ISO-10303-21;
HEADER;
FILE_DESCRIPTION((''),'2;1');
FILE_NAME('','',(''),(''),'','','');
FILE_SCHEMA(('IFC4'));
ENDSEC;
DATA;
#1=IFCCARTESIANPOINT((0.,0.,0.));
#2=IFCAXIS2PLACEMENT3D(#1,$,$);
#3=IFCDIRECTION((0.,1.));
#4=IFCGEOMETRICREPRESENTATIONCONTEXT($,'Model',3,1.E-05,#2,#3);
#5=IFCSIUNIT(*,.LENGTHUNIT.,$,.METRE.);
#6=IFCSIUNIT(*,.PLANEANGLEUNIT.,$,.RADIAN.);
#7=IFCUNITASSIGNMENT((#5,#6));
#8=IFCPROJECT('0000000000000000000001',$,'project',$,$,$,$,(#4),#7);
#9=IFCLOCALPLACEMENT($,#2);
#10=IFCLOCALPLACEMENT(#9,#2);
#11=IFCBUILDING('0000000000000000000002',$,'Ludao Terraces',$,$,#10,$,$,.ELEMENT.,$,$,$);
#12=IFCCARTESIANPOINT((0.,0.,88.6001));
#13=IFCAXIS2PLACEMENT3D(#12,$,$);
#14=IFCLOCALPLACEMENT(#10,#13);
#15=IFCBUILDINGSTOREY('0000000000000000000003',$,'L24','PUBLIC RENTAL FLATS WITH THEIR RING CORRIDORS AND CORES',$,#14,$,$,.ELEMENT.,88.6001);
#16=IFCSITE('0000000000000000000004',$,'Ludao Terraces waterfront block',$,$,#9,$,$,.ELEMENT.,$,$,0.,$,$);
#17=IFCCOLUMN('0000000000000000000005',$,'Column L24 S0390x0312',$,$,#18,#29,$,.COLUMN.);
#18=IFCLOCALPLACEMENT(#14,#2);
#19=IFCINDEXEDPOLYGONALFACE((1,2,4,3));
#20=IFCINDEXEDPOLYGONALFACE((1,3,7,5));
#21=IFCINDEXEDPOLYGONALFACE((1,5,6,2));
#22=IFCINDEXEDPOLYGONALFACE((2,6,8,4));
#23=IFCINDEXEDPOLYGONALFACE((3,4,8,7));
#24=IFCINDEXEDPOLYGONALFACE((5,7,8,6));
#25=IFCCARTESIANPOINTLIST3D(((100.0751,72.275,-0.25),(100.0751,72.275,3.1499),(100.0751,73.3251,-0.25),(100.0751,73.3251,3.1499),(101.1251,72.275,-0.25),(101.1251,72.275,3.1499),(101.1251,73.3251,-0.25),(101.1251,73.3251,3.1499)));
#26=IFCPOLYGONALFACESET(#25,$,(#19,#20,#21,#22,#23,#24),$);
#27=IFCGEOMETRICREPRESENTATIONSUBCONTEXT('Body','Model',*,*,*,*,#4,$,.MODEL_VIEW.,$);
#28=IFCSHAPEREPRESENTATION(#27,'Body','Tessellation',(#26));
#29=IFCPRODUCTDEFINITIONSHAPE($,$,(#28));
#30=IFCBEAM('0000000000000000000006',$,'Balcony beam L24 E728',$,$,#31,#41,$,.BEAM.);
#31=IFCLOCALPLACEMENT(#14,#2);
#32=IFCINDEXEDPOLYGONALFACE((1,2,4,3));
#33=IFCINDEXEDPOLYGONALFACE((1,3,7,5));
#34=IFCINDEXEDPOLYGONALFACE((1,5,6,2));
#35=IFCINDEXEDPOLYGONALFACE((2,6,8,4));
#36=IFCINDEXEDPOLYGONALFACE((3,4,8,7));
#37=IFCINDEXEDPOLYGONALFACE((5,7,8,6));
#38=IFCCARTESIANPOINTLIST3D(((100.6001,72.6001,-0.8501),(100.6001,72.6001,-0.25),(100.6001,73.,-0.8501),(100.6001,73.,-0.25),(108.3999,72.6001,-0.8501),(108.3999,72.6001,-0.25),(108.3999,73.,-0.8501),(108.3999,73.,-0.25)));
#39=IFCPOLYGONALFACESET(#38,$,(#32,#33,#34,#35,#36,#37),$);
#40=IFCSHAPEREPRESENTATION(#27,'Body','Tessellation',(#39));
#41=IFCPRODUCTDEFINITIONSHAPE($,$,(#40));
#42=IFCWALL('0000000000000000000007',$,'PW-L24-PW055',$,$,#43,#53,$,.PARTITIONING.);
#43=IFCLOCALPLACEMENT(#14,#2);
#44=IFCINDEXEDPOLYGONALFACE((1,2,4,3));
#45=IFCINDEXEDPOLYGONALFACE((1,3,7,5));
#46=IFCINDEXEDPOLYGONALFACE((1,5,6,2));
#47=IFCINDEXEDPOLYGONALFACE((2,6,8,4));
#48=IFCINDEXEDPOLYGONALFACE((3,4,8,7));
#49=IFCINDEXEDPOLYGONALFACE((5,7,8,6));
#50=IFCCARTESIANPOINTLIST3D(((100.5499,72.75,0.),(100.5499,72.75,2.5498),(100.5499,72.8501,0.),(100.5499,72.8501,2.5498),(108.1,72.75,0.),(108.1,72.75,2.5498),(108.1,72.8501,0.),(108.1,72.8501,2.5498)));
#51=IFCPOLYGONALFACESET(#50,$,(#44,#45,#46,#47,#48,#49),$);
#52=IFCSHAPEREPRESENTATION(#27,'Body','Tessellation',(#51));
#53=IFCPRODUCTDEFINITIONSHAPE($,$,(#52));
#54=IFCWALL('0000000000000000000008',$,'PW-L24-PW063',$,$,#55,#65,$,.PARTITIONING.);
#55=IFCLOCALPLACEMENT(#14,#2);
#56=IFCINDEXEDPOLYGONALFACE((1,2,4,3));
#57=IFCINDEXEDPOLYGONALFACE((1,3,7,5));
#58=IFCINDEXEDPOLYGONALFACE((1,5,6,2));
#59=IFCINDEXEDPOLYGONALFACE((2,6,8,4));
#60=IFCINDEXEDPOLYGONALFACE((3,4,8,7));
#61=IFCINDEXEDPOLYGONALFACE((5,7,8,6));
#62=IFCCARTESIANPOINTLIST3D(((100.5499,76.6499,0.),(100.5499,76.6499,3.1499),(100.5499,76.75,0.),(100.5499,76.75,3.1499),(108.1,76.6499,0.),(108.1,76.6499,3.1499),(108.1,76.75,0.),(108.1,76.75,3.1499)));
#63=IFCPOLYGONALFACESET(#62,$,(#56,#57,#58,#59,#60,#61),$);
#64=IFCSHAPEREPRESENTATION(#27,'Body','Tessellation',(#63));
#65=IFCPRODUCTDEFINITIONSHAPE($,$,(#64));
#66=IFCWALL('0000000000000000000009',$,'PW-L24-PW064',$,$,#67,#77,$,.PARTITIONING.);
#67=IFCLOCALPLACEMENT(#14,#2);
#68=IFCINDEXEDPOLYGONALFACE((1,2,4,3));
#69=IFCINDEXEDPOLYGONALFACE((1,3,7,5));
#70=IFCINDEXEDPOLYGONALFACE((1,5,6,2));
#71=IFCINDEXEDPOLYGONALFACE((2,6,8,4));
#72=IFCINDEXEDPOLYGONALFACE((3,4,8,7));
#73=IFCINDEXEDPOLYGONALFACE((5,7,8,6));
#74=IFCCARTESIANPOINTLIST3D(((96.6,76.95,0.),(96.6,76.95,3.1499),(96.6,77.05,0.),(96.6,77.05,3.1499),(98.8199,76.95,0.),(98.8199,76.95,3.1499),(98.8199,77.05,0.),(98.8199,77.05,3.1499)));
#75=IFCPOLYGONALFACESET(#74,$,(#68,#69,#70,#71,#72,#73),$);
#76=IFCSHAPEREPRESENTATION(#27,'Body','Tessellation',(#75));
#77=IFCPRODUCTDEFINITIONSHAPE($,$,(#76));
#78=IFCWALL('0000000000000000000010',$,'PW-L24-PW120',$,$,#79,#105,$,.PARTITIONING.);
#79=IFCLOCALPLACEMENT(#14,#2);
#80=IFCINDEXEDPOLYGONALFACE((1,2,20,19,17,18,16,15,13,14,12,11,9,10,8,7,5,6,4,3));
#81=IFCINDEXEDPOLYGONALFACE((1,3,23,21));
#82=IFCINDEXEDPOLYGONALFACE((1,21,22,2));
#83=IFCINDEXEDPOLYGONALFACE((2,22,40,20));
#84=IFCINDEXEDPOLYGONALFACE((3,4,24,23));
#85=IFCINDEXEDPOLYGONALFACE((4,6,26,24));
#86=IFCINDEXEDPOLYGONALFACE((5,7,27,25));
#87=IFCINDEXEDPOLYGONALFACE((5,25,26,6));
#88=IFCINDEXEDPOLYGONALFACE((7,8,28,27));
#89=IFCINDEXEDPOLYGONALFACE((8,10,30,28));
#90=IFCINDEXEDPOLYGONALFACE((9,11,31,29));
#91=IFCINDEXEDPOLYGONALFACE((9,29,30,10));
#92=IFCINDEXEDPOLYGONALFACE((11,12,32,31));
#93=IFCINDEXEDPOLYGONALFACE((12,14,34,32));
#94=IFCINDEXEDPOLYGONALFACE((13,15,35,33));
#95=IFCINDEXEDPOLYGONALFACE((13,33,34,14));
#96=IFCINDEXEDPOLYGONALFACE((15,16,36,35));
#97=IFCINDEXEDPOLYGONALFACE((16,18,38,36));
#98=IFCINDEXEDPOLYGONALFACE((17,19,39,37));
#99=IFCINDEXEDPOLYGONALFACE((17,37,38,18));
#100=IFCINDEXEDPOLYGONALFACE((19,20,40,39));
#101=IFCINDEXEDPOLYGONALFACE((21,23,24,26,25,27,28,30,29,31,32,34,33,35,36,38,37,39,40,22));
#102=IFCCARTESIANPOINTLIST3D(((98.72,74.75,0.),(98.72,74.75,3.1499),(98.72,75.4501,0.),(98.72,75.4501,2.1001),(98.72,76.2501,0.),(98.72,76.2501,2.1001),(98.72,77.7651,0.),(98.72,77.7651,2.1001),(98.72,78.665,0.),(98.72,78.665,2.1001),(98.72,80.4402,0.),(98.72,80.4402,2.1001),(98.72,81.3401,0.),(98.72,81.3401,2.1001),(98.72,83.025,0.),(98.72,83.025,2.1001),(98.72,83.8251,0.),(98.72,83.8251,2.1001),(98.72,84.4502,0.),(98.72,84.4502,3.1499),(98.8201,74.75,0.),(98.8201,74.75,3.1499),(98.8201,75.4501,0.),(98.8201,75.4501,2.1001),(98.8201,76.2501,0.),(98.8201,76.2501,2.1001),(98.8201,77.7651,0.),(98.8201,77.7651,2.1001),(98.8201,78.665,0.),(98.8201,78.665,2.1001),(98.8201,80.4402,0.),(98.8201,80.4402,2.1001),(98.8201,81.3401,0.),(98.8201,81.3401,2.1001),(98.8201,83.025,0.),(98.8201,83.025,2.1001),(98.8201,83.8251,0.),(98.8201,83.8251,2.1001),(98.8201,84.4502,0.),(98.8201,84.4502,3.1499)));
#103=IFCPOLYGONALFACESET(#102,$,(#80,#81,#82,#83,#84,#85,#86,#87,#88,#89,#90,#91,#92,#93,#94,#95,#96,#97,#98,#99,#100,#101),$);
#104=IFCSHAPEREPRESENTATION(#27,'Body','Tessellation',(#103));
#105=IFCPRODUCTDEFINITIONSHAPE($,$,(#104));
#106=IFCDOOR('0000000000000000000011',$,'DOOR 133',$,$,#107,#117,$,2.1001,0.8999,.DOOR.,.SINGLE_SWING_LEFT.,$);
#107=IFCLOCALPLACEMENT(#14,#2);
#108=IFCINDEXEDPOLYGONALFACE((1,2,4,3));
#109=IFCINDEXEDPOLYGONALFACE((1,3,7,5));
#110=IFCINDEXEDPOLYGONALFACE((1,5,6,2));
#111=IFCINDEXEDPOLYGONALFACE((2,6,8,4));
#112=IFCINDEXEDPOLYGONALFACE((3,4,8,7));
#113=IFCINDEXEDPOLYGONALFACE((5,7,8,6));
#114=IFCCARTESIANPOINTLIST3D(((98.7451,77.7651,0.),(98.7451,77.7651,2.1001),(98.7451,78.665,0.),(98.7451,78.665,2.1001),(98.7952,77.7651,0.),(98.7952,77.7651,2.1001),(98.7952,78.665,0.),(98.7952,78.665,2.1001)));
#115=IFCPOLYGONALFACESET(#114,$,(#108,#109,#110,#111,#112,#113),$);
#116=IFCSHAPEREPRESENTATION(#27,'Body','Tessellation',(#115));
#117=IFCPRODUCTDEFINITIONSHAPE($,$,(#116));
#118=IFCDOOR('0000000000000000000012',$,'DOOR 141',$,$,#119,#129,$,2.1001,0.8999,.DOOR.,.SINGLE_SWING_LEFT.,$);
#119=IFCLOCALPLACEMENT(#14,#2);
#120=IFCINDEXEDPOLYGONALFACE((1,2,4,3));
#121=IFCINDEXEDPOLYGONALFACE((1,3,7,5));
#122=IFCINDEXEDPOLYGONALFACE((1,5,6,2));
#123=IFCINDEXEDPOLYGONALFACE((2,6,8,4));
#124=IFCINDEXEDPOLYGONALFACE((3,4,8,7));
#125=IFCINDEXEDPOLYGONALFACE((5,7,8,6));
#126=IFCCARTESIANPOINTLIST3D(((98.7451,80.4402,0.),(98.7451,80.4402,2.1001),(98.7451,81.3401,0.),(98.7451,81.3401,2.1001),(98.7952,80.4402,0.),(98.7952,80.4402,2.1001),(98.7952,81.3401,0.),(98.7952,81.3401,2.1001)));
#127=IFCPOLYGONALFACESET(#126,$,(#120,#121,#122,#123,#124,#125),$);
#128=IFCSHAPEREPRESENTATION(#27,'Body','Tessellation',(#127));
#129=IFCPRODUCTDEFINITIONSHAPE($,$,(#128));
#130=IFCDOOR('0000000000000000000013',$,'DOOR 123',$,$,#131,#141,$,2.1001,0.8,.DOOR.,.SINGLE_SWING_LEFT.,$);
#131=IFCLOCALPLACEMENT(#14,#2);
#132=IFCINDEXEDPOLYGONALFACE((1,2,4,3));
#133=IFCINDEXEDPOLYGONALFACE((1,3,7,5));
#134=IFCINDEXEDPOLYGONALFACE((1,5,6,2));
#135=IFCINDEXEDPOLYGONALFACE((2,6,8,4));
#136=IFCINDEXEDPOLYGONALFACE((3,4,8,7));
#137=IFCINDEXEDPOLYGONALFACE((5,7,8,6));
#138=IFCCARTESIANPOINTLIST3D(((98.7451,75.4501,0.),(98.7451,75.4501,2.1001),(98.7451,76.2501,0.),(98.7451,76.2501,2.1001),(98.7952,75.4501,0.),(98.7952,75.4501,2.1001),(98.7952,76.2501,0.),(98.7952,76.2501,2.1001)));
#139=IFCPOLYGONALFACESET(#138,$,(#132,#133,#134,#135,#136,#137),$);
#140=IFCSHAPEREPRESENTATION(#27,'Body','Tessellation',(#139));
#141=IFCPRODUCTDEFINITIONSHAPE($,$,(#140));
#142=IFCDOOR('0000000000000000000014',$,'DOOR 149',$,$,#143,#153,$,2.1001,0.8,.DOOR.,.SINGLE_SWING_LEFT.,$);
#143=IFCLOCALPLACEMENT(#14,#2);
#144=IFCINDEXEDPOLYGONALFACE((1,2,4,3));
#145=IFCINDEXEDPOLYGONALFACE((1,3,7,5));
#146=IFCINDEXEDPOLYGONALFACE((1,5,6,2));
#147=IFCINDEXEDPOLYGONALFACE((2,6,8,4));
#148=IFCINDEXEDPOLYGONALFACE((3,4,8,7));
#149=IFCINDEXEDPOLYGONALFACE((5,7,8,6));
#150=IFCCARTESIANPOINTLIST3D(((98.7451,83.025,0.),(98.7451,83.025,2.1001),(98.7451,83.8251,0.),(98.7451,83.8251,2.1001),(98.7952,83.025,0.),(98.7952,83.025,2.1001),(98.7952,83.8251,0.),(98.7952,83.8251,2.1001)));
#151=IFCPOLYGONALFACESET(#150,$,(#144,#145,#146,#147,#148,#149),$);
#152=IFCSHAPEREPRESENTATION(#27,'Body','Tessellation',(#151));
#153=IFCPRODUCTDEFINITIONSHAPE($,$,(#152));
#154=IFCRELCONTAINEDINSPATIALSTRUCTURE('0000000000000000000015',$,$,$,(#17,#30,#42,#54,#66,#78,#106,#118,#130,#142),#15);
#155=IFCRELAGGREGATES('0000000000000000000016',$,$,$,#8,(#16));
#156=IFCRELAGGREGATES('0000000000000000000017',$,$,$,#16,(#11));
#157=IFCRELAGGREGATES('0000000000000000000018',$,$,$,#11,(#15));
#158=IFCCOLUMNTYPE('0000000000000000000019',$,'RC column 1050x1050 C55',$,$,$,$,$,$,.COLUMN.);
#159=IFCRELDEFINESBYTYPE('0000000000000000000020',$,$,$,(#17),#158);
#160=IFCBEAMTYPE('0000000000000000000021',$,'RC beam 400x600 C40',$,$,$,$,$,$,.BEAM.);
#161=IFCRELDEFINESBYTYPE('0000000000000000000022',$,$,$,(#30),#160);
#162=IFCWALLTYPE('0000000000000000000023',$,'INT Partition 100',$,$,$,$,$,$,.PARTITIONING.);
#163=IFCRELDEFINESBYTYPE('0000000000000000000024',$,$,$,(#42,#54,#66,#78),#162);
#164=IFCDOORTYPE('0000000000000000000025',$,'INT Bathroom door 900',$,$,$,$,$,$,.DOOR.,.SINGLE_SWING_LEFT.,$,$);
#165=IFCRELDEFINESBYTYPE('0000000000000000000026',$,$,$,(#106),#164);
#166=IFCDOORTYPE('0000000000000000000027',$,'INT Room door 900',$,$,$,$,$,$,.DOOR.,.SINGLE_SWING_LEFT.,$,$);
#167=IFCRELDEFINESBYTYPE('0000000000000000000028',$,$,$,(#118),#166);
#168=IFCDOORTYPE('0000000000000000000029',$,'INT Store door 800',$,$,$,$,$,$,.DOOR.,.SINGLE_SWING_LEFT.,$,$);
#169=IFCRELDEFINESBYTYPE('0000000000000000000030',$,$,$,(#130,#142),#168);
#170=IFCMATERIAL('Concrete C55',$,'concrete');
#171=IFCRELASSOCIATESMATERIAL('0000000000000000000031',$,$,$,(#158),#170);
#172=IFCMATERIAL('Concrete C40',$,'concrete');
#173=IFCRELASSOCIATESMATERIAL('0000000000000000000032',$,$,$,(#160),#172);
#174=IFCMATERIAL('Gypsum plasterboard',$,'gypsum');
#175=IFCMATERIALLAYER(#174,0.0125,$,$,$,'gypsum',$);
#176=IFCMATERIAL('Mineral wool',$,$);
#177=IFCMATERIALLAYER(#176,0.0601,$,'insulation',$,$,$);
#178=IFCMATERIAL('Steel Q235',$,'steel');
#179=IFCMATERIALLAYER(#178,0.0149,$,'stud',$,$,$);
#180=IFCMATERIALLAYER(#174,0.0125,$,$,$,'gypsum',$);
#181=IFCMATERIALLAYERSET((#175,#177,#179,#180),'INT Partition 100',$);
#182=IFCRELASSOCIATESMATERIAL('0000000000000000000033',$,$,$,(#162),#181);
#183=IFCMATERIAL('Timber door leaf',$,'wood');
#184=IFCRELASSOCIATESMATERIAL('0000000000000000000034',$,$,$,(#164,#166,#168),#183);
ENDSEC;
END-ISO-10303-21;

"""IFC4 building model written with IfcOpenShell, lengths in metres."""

from ifc_helpers import new_model, si_unit, direction, frame, frame_2d, origin, origin_2d, place, context, subcontext, project, spatial, rectangle, extrude, material, layer, layer_set, material_profile, profile_set, type_object, element, fill, save


model = new_model("IFC4")

# Units and contexts
model_context = context("Model", 3, precision=1e-05, world=origin(), true_north=direction((0.0, 1.0)))
body_context = subcontext(model_context, "Body", "Model", "MODEL_VIEW")
ifc_project = project(units=[si_unit("LENGTHUNIT", "METRE"), si_unit("PLANEANGLEUNIT", "RADIAN")], contexts=[model_context])

# Site, building, storey
site_placement = place(None, origin())
site = spatial("IfcSite", under=ifc_project, at=site_placement, Name="Ludao Terraces waterfront block", CompositionType="ELEMENT", RefElevation=0.0)
building_placement = place(site_placement, origin())
building = spatial("IfcBuilding", under=site, at=building_placement, Name="Ludao Terraces", CompositionType="ELEMENT")
storey_placement = place(building_placement, frame((0.0, 0.0, 88.6001)))
storey = spatial("IfcBuildingStorey", under=building, at=storey_placement, Name="L24", Description="PUBLIC RENTAL FLATS WITH THEIR RING CORRIDORS AND CORES", CompositionType="ELEMENT", Elevation=88.6001)

# Column
ifc_material_1 = material(Name="Concrete C55", Category="concrete")
ifc_material_profile_1 = material_profile(ifc_material_1, rectangle(XDim=1.05, YDim=1.05, at=origin_2d()), Name="1050 X 1050")
ifc_profile_set_1 = profile_set([ifc_material_profile_1], Name="Concrete C55")
column_type = type_object("IfcColumnType", Name="RC column 1050x1050 C55", PredefinedType="COLUMN", material=ifc_profile_set_1)
column_placement = place(storey_placement, frame((100.6001, 72.8, -0.25), z_axis=(0.0, 0.0, 1.0), x_axis=(1.0, 0.0, 0.0)))
element("IfcColumn", 1, at=column_placement, inside=storey, type_object=column_type, Name="Column L24 S0390x0312", PredefinedType="COLUMN", context=body_context, shape_type="SweptSolid", body=[
    extrude(rectangle(XDim=1.05, YDim=1.05, at=origin_2d()), origin(), (0.0, 0.0, 1.0), 3.3999),
])

# Beam
ifc_material_2 = material(Name="Concrete C40", Category="concrete")
ifc_material_profile_2 = material_profile(ifc_material_2, rectangle(XDim=0.3999, YDim=0.6001, at=origin_2d()), Name="400 X 600")
ifc_profile_set_2 = profile_set([ifc_material_profile_2], Name="Concrete C40")
beam_type = type_object("IfcBeamType", Name="RC beam 400x600 C40", PredefinedType="BEAM", material=ifc_profile_set_2)
beam_placement = place(storey_placement, frame((100.6001, 72.8, -0.55), z_axis=(1.0, 0.0, 0.0), x_axis=(0.0, 1.0, 0.0)))
element("IfcBeam", 2, at=beam_placement, inside=storey, type_object=beam_type, Name="Balcony beam L24 E728", PredefinedType="BEAM", context=body_context, shape_type="SweptSolid", body=[
    extrude(rectangle(XDim=0.3999, YDim=0.6001, at=origin_2d()), origin(), (0.0, 0.0, 1.0), 7.7998),
])

# Shared definitions
ifc_material_3 = material(Name="Mineral wool")

# Walls
ifc_material_4 = material(Name="Gypsum plasterboard", Category="gypsum")
ifc_layer_1 = layer(ifc_material_4, 0.0125, Category="gypsum")
ifc_layer_2 = layer(ifc_material_3, 0.0601, Name="insulation")
ifc_material_5 = material(Name="Steel Q235", Category="steel")
ifc_layer_3 = layer(ifc_material_5, 0.0149, Name="stud")
ifc_layer_4 = layer(ifc_material_4, 0.0125, Category="gypsum")
ifc_layer_set_1 = layer_set([ifc_layer_1, ifc_layer_2, ifc_layer_3, ifc_layer_4], Name="INT Partition 100")
wall_type_1 = type_object("IfcWallType", Name="INT Partition 100", PredefinedType="PARTITIONING", material=ifc_layer_set_1)
wall_1_placement = place(storey_placement, frame((100.55, 72.8, 0.0), z_axis=(0.0, 0.0, 1.0), x_axis=(1.0, 0.0, 0.0)))
element("IfcWall", 3, at=wall_1_placement, inside=storey, type_object=wall_type_1, Name="PW-L24-PW055", PredefinedType="PARTITIONING", context=body_context, shape_type="SweptSolid", body=[
    extrude(rectangle(XDim=7.55, YDim=0.1001, at=frame_2d((3.7749, 0.0))), origin(), (0.0, 0.0, 1.0), 2.5498),
])
wall_2_placement = place(storey_placement, frame((100.55, 76.7, 0.0), z_axis=(0.0, 0.0, 1.0), x_axis=(1.0, 0.0, 0.0)))
element("IfcWall", 4, at=wall_2_placement, inside=storey, type_object=wall_type_1, Name="PW-L24-PW063", PredefinedType="PARTITIONING", context=body_context, shape_type="SweptSolid", body=[
    extrude(rectangle(XDim=7.55, YDim=0.1001, at=frame_2d((3.7749, 0.0))), origin(), (0.0, 0.0, 1.0), 3.1499),
])
wall_3_placement = place(storey_placement, frame((96.6001, 77.0, 0.0), z_axis=(0.0, 0.0, 1.0), x_axis=(1.0, 0.0, 0.0)))
element("IfcWall", 5, at=wall_3_placement, inside=storey, type_object=wall_type_1, Name="PW-L24-PW064", PredefinedType="PARTITIONING", context=body_context, shape_type="SweptSolid", body=[
    extrude(rectangle(XDim=2.22, YDim=0.1001, at=frame_2d((1.1099, 0.0))), origin(), (0.0, 0.0, 1.0), 3.1499),
])

# Wall, openings, doors
wall_4_placement = place(storey_placement, frame((98.77, 74.75, 0.0), z_axis=(0.0, 0.0, 1.0), x_axis=(0.0, 1.0, 0.0)))
wall_4 = element("IfcWall", 6, at=wall_4_placement, inside=storey, type_object=wall_type_1, Name="PW-L24-PW120", PredefinedType="PARTITIONING", context=body_context, shape_type="SweptSolid", body=[
    extrude(rectangle(XDim=9.7002, YDim=0.1001, at=frame_2d((4.8501, 0.0))), origin(), (0.0, 0.0, 1.0), 3.1499),
])
opening_1_placement = place(wall_4_placement, frame((0.7002, 0.0, 0.0)))
opening_1 = element("IfcOpeningElement", 7, at=opening_1_placement, cuts=wall_4, PredefinedType="OPENING", context=body_context, shape_type="SweptSolid", body=[
    extrude(rectangle(XDim=0.8, YDim=2.1001, at=frame_2d((0.3999, 1.05))), frame((0.0, 0.0601, 0.0), z_axis=(0.0, -1.0, 0.0), x_axis=(1.0, 0.0, 0.0)), (0.0, 0.0, 1.0), 0.1201),
])
opening_2_placement = place(wall_4_placement, frame((3.0151, 0.0, 0.0)))
opening_2 = element("IfcOpeningElement", 8, at=opening_2_placement, cuts=wall_4, PredefinedType="OPENING", context=body_context, shape_type="SweptSolid", body=[
    extrude(rectangle(XDim=0.8999, YDim=2.1001, at=frame_2d((0.45, 1.05))), frame((0.0, 0.0601, 0.0), z_axis=(0.0, -1.0, 0.0), x_axis=(1.0, 0.0, 0.0)), (0.0, 0.0, 1.0), 0.1201),
])
opening_3_placement = place(wall_4_placement, frame((5.6902, 0.0, 0.0)))
opening_3 = element("IfcOpeningElement", 9, at=opening_3_placement, cuts=wall_4, PredefinedType="OPENING", context=body_context, shape_type="SweptSolid", body=[
    extrude(rectangle(XDim=0.8999, YDim=2.1001, at=frame_2d((0.45, 1.05))), frame((0.0, 0.0601, 0.0), z_axis=(0.0, -1.0, 0.0), x_axis=(1.0, 0.0, 0.0)), (0.0, 0.0, 1.0), 0.1201),
])
opening_4_placement = place(wall_4_placement, frame((8.2751, 0.0, 0.0)))
opening_4 = element("IfcOpeningElement", 10, at=opening_4_placement, cuts=wall_4, PredefinedType="OPENING", context=body_context, shape_type="SweptSolid", body=[
    extrude(rectangle(XDim=0.8, YDim=2.1001, at=frame_2d((0.3999, 1.05))), frame((0.0, 0.0601, 0.0), z_axis=(0.0, -1.0, 0.0), x_axis=(1.0, 0.0, 0.0)), (0.0, 0.0, 1.0), 0.1201),
])
ifc_material_6 = material(Name="Timber door leaf", Category="wood")
door_type_1 = type_object("IfcDoorType", Name="INT Bathroom door 900", OperationType="SINGLE_SWING_LEFT", PredefinedType="DOOR", material=ifc_material_6)
door_1_placement = place(opening_2_placement, origin())
door_1 = element("IfcDoor", 11, at=door_1_placement, inside=storey, type_object=door_type_1, Name="DOOR 133", OperationType="SINGLE_SWING_LEFT", OverallHeight=2.1001, OverallWidth=0.8999, PredefinedType="DOOR", context=body_context, shape_type="SweptSolid", body=[
    extrude(rectangle(XDim=0.8999, YDim=2.1001, at=frame_2d((0.45, 1.05))), frame((0.0, 0.0249, 0.0), z_axis=(0.0, -1.0, 0.0), x_axis=(1.0, 0.0, 0.0)), (0.0, 0.0, 1.0), 0.05),
])
fill(opening_2, door_1)
door_type_2 = type_object("IfcDoorType", Name="INT Room door 900", OperationType="SINGLE_SWING_LEFT", PredefinedType="DOOR", material=ifc_material_6)
door_2_placement = place(opening_3_placement, origin())
door_2 = element("IfcDoor", 12, at=door_2_placement, inside=storey, type_object=door_type_2, Name="DOOR 141", OperationType="SINGLE_SWING_LEFT", OverallHeight=2.1001, OverallWidth=0.8999, PredefinedType="DOOR", context=body_context, shape_type="SweptSolid", body=[
    extrude(rectangle(XDim=0.8999, YDim=2.1001, at=frame_2d((0.45, 1.05))), frame((0.0, 0.0249, 0.0), z_axis=(0.0, -1.0, 0.0), x_axis=(1.0, 0.0, 0.0)), (0.0, 0.0, 1.0), 0.05),
])
fill(opening_3, door_2)
door_type_3 = type_object("IfcDoorType", Name="INT Store door 800", OperationType="SINGLE_SWING_LEFT", PredefinedType="DOOR", material=ifc_material_6)
door_3_placement = place(opening_1_placement, origin())
door_3 = element("IfcDoor", 13, at=door_3_placement, inside=storey, type_object=door_type_3, Name="DOOR 123", OperationType="SINGLE_SWING_LEFT", OverallHeight=2.1001, OverallWidth=0.8, PredefinedType="DOOR", context=body_context, shape_type="SweptSolid", body=[
    extrude(rectangle(XDim=0.8, YDim=2.1001, at=frame_2d((0.3999, 1.05))), frame((0.0, 0.0249, 0.0), z_axis=(0.0, -1.0, 0.0), x_axis=(1.0, 0.0, 0.0)), (0.0, 0.0, 1.0), 0.05),
])
fill(opening_1, door_3)
door_4_placement = place(opening_4_placement, origin())
door_4 = element("IfcDoor", 14, at=door_4_placement, inside=storey, type_object=door_type_3, Name="DOOR 149", OperationType="SINGLE_SWING_LEFT", OverallHeight=2.1001, OverallWidth=0.8, PredefinedType="DOOR", context=body_context, shape_type="SweptSolid", body=[
    extrude(rectangle(XDim=0.8, YDim=2.1001, at=frame_2d((0.3999, 1.05))), frame((0.0, 0.0249, 0.0), z_axis=(0.0, -1.0, 0.0), x_axis=(1.0, 0.0, 0.0)), (0.0, 0.0, 1.0), 0.05),
])
fill(opening_4, door_4)

save(model, "model.ifc")
